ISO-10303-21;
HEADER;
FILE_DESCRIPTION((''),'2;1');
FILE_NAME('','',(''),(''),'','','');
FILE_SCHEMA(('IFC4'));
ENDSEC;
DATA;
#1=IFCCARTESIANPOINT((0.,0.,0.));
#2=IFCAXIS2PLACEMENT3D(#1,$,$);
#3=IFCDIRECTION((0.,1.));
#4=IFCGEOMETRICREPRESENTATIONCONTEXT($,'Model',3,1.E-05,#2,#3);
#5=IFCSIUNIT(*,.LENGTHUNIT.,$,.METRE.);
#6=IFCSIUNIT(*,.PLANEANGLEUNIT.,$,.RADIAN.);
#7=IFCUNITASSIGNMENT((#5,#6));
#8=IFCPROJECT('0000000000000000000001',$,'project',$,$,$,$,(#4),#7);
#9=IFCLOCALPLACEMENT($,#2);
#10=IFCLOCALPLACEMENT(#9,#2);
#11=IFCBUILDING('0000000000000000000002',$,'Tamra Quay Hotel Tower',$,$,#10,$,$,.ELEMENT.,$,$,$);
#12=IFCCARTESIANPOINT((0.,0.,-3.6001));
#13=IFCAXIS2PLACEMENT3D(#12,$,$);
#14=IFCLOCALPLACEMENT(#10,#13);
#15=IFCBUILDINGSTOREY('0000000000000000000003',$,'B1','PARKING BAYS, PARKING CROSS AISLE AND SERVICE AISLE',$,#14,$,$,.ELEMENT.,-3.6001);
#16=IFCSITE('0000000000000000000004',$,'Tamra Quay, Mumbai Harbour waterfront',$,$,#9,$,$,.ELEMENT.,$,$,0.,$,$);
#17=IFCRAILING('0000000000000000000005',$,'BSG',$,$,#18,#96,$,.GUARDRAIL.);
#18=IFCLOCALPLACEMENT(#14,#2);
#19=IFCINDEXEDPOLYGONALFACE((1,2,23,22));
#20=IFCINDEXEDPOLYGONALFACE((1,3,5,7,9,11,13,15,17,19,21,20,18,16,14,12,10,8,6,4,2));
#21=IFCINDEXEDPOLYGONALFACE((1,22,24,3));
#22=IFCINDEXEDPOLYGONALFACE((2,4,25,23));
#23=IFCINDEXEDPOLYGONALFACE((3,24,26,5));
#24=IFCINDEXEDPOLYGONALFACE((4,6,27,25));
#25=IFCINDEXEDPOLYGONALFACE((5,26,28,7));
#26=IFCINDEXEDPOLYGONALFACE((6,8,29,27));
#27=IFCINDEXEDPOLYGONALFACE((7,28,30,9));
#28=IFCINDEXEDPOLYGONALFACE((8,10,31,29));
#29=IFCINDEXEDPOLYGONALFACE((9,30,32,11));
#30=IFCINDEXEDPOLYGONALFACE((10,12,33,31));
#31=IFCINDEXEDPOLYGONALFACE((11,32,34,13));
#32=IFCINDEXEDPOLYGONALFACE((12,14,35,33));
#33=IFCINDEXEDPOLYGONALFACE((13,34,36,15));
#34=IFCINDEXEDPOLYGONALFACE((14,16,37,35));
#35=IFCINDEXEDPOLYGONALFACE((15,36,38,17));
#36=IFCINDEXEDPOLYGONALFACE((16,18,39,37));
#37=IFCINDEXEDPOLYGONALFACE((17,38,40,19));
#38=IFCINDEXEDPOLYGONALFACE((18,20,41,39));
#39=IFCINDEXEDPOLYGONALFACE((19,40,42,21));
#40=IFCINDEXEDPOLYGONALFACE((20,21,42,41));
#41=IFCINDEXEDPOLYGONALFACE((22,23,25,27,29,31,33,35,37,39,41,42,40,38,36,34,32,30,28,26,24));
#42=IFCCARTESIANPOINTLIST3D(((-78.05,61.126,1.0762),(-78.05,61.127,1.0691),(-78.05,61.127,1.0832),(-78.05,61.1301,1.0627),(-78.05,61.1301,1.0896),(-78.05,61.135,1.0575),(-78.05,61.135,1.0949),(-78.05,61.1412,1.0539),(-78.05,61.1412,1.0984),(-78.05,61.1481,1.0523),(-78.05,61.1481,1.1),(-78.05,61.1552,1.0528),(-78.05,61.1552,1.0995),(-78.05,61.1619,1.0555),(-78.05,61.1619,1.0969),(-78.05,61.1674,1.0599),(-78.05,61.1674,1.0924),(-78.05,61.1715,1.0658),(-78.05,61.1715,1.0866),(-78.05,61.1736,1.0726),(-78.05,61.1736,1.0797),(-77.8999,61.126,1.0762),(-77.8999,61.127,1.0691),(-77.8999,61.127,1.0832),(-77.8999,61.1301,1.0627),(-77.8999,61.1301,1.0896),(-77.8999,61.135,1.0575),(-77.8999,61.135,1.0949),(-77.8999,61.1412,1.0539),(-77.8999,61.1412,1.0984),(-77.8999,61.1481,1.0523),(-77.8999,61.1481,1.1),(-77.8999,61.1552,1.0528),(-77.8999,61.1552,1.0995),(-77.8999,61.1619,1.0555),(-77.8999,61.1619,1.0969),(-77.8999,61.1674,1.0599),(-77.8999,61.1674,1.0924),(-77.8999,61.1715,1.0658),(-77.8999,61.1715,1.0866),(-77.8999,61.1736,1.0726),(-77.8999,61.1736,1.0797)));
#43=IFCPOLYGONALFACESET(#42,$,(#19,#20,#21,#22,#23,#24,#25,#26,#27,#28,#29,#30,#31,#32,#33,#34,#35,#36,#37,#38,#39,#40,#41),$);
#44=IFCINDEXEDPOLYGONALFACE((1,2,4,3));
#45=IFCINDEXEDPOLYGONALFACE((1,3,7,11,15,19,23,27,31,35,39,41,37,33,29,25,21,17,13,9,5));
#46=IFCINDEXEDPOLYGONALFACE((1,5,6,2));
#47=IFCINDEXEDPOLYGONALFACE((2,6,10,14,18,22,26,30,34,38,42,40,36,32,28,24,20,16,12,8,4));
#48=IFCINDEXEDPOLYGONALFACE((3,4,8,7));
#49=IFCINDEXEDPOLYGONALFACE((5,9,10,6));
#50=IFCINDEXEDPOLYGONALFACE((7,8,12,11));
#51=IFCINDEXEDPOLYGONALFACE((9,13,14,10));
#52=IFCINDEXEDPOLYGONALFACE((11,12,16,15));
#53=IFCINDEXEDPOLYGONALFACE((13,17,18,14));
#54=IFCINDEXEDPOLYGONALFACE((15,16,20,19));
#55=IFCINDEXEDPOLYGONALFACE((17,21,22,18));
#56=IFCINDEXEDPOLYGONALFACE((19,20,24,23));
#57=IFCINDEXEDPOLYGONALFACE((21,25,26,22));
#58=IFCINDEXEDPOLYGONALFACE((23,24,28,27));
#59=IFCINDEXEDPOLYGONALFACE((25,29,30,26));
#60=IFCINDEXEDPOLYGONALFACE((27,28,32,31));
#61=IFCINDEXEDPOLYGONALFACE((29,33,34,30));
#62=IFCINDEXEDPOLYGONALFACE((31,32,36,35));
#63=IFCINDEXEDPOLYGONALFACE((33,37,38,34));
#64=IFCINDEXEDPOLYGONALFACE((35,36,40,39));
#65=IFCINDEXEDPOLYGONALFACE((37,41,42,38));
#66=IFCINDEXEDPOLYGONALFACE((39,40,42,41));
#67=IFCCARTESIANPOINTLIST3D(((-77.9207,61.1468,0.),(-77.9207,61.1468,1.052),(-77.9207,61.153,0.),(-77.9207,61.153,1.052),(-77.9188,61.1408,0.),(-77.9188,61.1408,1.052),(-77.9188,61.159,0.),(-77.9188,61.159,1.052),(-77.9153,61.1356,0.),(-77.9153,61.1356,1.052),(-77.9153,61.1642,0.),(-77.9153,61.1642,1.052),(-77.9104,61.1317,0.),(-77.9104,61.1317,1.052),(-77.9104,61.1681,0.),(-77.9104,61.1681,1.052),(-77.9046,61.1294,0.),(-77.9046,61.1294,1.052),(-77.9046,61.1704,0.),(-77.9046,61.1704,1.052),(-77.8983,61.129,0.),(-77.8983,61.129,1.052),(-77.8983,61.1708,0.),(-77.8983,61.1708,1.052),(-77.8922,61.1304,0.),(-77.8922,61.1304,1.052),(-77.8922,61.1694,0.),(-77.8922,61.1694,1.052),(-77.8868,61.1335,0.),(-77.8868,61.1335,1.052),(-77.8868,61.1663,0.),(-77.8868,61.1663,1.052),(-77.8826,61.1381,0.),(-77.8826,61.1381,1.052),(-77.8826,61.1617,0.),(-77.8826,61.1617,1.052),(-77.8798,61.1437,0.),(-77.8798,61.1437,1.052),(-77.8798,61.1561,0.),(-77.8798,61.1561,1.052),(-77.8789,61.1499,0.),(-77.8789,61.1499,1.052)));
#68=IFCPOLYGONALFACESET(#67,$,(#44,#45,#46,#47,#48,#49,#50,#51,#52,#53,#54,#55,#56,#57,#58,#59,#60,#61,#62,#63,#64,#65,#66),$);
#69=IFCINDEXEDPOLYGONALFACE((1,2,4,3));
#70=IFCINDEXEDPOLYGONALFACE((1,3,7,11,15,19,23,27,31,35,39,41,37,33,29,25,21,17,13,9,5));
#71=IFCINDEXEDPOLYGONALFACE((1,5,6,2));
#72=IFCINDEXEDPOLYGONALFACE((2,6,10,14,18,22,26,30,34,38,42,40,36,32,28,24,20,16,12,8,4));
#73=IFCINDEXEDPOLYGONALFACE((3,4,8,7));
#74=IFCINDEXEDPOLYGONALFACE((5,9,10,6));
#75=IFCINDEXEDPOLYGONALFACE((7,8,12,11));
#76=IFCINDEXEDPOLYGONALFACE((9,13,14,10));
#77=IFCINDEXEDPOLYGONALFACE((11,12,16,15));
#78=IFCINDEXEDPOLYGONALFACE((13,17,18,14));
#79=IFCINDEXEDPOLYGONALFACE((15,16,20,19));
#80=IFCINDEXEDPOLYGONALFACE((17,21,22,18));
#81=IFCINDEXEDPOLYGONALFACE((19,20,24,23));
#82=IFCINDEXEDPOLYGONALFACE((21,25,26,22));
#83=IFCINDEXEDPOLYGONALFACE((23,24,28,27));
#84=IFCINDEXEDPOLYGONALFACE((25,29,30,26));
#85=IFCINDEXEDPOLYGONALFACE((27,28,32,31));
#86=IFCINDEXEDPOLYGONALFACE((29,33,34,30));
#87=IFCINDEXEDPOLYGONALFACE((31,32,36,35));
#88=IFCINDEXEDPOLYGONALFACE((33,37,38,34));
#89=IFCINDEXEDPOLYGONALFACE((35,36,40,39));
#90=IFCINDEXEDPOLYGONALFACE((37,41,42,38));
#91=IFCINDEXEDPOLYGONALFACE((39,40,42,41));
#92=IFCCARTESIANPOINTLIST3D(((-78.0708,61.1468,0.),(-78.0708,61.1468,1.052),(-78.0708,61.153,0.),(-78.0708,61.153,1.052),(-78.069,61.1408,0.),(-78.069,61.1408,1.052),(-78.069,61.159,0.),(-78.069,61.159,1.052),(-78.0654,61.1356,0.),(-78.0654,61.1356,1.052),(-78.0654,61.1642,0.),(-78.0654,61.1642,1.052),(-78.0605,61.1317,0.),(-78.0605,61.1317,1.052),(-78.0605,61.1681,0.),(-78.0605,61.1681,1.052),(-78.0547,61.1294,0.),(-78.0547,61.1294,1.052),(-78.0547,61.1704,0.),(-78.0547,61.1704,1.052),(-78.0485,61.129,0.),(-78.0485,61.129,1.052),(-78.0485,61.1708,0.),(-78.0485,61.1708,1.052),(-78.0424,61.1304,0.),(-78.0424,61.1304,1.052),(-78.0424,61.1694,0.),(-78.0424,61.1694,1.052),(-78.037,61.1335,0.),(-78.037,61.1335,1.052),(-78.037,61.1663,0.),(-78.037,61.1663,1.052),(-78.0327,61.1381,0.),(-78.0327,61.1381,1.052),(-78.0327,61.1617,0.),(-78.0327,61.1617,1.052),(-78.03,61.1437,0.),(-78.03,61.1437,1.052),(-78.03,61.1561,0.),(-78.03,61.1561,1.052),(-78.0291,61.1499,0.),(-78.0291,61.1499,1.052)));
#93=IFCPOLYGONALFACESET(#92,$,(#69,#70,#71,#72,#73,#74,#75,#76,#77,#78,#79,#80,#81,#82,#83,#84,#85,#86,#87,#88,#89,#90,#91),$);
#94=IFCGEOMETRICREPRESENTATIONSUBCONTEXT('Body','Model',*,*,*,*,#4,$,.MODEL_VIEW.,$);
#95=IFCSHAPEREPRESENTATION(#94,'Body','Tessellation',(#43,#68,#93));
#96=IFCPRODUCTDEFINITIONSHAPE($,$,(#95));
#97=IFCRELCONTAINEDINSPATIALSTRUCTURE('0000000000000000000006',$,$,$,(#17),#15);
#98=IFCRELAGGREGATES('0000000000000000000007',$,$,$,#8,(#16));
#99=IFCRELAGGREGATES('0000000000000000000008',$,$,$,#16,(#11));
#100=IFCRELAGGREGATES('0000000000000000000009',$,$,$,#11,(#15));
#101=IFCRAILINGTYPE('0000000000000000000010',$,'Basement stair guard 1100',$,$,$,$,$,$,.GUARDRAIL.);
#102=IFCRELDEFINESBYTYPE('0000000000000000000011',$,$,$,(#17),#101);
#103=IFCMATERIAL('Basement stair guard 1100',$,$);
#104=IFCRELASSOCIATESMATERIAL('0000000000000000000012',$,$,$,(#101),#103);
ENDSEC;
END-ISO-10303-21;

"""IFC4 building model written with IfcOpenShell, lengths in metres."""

from ifc_helpers import new_model, si_unit, direction, frame, origin, origin_2d, place, context, subcontext, project, spatial, circle, extrude, material, type_object, element, save


model = new_model("IFC4")

# Units and contexts
model_context = context("Model", 3, precision=1e-05, world=origin(), true_north=direction((0.0, 1.0)))
body_context = subcontext(model_context, "Body", "Model", "MODEL_VIEW")
ifc_project = project(units=[si_unit("LENGTHUNIT", "METRE"), si_unit("PLANEANGLEUNIT", "RADIAN")], contexts=[model_context])

# Site, building, storey
site_placement = place(None, origin())
site = spatial("IfcSite", under=ifc_project, at=site_placement, Name="Tamra Quay, Mumbai Harbour waterfront", CompositionType="ELEMENT", RefElevation=0.0)
building_placement = place(site_placement, origin())
building = spatial("IfcBuilding", under=site, at=building_placement, Name="Tamra Quay Hotel Tower", CompositionType="ELEMENT")
storey_placement = place(building_placement, frame((0.0, 0.0, -3.6001)))
storey = spatial("IfcBuildingStorey", under=building, at=storey_placement, Name="B1", Description="PARKING BAYS, PARKING CROSS AISLE AND SERVICE AISLE", CompositionType="ELEMENT", Elevation=-3.6001)

# Railing
ifc_material_1 = material(Name="Basement stair guard 1100")
railing_type_1 = type_object("IfcRailingType", Name="Basement stair guard 1100", PredefinedType="GUARDRAIL", material=ifc_material_1)
railing_1_placement = place(storey_placement, frame((-77.8999, 61.1499, 0.0)))
element("IfcRailing", 1, at=railing_1_placement, inside=storey, type_object=railing_type_1, Name="BSG", PredefinedType="GUARDRAIL", context=body_context, shape_type="SweptSolid", body=[
    extrude(circle(Radius=0.0239, at=origin_2d()), frame((0.0, 0.0, 1.0762), z_axis=(-1.0, 0.0, 0.0), x_axis=(0.0, -1.0, 0.0)), (0.0, 0.0, 1.0), 0.1501),
    extrude(circle(Radius=0.021, at=origin_2d()), origin(), (0.0, 0.0, 1.0), 1.052),
    extrude(circle(Radius=0.021, at=origin_2d()), frame((-0.1501, 0.0, 0.0)), (0.0, 0.0, 1.0), 1.052),
])

save(model, "model.ifc")
